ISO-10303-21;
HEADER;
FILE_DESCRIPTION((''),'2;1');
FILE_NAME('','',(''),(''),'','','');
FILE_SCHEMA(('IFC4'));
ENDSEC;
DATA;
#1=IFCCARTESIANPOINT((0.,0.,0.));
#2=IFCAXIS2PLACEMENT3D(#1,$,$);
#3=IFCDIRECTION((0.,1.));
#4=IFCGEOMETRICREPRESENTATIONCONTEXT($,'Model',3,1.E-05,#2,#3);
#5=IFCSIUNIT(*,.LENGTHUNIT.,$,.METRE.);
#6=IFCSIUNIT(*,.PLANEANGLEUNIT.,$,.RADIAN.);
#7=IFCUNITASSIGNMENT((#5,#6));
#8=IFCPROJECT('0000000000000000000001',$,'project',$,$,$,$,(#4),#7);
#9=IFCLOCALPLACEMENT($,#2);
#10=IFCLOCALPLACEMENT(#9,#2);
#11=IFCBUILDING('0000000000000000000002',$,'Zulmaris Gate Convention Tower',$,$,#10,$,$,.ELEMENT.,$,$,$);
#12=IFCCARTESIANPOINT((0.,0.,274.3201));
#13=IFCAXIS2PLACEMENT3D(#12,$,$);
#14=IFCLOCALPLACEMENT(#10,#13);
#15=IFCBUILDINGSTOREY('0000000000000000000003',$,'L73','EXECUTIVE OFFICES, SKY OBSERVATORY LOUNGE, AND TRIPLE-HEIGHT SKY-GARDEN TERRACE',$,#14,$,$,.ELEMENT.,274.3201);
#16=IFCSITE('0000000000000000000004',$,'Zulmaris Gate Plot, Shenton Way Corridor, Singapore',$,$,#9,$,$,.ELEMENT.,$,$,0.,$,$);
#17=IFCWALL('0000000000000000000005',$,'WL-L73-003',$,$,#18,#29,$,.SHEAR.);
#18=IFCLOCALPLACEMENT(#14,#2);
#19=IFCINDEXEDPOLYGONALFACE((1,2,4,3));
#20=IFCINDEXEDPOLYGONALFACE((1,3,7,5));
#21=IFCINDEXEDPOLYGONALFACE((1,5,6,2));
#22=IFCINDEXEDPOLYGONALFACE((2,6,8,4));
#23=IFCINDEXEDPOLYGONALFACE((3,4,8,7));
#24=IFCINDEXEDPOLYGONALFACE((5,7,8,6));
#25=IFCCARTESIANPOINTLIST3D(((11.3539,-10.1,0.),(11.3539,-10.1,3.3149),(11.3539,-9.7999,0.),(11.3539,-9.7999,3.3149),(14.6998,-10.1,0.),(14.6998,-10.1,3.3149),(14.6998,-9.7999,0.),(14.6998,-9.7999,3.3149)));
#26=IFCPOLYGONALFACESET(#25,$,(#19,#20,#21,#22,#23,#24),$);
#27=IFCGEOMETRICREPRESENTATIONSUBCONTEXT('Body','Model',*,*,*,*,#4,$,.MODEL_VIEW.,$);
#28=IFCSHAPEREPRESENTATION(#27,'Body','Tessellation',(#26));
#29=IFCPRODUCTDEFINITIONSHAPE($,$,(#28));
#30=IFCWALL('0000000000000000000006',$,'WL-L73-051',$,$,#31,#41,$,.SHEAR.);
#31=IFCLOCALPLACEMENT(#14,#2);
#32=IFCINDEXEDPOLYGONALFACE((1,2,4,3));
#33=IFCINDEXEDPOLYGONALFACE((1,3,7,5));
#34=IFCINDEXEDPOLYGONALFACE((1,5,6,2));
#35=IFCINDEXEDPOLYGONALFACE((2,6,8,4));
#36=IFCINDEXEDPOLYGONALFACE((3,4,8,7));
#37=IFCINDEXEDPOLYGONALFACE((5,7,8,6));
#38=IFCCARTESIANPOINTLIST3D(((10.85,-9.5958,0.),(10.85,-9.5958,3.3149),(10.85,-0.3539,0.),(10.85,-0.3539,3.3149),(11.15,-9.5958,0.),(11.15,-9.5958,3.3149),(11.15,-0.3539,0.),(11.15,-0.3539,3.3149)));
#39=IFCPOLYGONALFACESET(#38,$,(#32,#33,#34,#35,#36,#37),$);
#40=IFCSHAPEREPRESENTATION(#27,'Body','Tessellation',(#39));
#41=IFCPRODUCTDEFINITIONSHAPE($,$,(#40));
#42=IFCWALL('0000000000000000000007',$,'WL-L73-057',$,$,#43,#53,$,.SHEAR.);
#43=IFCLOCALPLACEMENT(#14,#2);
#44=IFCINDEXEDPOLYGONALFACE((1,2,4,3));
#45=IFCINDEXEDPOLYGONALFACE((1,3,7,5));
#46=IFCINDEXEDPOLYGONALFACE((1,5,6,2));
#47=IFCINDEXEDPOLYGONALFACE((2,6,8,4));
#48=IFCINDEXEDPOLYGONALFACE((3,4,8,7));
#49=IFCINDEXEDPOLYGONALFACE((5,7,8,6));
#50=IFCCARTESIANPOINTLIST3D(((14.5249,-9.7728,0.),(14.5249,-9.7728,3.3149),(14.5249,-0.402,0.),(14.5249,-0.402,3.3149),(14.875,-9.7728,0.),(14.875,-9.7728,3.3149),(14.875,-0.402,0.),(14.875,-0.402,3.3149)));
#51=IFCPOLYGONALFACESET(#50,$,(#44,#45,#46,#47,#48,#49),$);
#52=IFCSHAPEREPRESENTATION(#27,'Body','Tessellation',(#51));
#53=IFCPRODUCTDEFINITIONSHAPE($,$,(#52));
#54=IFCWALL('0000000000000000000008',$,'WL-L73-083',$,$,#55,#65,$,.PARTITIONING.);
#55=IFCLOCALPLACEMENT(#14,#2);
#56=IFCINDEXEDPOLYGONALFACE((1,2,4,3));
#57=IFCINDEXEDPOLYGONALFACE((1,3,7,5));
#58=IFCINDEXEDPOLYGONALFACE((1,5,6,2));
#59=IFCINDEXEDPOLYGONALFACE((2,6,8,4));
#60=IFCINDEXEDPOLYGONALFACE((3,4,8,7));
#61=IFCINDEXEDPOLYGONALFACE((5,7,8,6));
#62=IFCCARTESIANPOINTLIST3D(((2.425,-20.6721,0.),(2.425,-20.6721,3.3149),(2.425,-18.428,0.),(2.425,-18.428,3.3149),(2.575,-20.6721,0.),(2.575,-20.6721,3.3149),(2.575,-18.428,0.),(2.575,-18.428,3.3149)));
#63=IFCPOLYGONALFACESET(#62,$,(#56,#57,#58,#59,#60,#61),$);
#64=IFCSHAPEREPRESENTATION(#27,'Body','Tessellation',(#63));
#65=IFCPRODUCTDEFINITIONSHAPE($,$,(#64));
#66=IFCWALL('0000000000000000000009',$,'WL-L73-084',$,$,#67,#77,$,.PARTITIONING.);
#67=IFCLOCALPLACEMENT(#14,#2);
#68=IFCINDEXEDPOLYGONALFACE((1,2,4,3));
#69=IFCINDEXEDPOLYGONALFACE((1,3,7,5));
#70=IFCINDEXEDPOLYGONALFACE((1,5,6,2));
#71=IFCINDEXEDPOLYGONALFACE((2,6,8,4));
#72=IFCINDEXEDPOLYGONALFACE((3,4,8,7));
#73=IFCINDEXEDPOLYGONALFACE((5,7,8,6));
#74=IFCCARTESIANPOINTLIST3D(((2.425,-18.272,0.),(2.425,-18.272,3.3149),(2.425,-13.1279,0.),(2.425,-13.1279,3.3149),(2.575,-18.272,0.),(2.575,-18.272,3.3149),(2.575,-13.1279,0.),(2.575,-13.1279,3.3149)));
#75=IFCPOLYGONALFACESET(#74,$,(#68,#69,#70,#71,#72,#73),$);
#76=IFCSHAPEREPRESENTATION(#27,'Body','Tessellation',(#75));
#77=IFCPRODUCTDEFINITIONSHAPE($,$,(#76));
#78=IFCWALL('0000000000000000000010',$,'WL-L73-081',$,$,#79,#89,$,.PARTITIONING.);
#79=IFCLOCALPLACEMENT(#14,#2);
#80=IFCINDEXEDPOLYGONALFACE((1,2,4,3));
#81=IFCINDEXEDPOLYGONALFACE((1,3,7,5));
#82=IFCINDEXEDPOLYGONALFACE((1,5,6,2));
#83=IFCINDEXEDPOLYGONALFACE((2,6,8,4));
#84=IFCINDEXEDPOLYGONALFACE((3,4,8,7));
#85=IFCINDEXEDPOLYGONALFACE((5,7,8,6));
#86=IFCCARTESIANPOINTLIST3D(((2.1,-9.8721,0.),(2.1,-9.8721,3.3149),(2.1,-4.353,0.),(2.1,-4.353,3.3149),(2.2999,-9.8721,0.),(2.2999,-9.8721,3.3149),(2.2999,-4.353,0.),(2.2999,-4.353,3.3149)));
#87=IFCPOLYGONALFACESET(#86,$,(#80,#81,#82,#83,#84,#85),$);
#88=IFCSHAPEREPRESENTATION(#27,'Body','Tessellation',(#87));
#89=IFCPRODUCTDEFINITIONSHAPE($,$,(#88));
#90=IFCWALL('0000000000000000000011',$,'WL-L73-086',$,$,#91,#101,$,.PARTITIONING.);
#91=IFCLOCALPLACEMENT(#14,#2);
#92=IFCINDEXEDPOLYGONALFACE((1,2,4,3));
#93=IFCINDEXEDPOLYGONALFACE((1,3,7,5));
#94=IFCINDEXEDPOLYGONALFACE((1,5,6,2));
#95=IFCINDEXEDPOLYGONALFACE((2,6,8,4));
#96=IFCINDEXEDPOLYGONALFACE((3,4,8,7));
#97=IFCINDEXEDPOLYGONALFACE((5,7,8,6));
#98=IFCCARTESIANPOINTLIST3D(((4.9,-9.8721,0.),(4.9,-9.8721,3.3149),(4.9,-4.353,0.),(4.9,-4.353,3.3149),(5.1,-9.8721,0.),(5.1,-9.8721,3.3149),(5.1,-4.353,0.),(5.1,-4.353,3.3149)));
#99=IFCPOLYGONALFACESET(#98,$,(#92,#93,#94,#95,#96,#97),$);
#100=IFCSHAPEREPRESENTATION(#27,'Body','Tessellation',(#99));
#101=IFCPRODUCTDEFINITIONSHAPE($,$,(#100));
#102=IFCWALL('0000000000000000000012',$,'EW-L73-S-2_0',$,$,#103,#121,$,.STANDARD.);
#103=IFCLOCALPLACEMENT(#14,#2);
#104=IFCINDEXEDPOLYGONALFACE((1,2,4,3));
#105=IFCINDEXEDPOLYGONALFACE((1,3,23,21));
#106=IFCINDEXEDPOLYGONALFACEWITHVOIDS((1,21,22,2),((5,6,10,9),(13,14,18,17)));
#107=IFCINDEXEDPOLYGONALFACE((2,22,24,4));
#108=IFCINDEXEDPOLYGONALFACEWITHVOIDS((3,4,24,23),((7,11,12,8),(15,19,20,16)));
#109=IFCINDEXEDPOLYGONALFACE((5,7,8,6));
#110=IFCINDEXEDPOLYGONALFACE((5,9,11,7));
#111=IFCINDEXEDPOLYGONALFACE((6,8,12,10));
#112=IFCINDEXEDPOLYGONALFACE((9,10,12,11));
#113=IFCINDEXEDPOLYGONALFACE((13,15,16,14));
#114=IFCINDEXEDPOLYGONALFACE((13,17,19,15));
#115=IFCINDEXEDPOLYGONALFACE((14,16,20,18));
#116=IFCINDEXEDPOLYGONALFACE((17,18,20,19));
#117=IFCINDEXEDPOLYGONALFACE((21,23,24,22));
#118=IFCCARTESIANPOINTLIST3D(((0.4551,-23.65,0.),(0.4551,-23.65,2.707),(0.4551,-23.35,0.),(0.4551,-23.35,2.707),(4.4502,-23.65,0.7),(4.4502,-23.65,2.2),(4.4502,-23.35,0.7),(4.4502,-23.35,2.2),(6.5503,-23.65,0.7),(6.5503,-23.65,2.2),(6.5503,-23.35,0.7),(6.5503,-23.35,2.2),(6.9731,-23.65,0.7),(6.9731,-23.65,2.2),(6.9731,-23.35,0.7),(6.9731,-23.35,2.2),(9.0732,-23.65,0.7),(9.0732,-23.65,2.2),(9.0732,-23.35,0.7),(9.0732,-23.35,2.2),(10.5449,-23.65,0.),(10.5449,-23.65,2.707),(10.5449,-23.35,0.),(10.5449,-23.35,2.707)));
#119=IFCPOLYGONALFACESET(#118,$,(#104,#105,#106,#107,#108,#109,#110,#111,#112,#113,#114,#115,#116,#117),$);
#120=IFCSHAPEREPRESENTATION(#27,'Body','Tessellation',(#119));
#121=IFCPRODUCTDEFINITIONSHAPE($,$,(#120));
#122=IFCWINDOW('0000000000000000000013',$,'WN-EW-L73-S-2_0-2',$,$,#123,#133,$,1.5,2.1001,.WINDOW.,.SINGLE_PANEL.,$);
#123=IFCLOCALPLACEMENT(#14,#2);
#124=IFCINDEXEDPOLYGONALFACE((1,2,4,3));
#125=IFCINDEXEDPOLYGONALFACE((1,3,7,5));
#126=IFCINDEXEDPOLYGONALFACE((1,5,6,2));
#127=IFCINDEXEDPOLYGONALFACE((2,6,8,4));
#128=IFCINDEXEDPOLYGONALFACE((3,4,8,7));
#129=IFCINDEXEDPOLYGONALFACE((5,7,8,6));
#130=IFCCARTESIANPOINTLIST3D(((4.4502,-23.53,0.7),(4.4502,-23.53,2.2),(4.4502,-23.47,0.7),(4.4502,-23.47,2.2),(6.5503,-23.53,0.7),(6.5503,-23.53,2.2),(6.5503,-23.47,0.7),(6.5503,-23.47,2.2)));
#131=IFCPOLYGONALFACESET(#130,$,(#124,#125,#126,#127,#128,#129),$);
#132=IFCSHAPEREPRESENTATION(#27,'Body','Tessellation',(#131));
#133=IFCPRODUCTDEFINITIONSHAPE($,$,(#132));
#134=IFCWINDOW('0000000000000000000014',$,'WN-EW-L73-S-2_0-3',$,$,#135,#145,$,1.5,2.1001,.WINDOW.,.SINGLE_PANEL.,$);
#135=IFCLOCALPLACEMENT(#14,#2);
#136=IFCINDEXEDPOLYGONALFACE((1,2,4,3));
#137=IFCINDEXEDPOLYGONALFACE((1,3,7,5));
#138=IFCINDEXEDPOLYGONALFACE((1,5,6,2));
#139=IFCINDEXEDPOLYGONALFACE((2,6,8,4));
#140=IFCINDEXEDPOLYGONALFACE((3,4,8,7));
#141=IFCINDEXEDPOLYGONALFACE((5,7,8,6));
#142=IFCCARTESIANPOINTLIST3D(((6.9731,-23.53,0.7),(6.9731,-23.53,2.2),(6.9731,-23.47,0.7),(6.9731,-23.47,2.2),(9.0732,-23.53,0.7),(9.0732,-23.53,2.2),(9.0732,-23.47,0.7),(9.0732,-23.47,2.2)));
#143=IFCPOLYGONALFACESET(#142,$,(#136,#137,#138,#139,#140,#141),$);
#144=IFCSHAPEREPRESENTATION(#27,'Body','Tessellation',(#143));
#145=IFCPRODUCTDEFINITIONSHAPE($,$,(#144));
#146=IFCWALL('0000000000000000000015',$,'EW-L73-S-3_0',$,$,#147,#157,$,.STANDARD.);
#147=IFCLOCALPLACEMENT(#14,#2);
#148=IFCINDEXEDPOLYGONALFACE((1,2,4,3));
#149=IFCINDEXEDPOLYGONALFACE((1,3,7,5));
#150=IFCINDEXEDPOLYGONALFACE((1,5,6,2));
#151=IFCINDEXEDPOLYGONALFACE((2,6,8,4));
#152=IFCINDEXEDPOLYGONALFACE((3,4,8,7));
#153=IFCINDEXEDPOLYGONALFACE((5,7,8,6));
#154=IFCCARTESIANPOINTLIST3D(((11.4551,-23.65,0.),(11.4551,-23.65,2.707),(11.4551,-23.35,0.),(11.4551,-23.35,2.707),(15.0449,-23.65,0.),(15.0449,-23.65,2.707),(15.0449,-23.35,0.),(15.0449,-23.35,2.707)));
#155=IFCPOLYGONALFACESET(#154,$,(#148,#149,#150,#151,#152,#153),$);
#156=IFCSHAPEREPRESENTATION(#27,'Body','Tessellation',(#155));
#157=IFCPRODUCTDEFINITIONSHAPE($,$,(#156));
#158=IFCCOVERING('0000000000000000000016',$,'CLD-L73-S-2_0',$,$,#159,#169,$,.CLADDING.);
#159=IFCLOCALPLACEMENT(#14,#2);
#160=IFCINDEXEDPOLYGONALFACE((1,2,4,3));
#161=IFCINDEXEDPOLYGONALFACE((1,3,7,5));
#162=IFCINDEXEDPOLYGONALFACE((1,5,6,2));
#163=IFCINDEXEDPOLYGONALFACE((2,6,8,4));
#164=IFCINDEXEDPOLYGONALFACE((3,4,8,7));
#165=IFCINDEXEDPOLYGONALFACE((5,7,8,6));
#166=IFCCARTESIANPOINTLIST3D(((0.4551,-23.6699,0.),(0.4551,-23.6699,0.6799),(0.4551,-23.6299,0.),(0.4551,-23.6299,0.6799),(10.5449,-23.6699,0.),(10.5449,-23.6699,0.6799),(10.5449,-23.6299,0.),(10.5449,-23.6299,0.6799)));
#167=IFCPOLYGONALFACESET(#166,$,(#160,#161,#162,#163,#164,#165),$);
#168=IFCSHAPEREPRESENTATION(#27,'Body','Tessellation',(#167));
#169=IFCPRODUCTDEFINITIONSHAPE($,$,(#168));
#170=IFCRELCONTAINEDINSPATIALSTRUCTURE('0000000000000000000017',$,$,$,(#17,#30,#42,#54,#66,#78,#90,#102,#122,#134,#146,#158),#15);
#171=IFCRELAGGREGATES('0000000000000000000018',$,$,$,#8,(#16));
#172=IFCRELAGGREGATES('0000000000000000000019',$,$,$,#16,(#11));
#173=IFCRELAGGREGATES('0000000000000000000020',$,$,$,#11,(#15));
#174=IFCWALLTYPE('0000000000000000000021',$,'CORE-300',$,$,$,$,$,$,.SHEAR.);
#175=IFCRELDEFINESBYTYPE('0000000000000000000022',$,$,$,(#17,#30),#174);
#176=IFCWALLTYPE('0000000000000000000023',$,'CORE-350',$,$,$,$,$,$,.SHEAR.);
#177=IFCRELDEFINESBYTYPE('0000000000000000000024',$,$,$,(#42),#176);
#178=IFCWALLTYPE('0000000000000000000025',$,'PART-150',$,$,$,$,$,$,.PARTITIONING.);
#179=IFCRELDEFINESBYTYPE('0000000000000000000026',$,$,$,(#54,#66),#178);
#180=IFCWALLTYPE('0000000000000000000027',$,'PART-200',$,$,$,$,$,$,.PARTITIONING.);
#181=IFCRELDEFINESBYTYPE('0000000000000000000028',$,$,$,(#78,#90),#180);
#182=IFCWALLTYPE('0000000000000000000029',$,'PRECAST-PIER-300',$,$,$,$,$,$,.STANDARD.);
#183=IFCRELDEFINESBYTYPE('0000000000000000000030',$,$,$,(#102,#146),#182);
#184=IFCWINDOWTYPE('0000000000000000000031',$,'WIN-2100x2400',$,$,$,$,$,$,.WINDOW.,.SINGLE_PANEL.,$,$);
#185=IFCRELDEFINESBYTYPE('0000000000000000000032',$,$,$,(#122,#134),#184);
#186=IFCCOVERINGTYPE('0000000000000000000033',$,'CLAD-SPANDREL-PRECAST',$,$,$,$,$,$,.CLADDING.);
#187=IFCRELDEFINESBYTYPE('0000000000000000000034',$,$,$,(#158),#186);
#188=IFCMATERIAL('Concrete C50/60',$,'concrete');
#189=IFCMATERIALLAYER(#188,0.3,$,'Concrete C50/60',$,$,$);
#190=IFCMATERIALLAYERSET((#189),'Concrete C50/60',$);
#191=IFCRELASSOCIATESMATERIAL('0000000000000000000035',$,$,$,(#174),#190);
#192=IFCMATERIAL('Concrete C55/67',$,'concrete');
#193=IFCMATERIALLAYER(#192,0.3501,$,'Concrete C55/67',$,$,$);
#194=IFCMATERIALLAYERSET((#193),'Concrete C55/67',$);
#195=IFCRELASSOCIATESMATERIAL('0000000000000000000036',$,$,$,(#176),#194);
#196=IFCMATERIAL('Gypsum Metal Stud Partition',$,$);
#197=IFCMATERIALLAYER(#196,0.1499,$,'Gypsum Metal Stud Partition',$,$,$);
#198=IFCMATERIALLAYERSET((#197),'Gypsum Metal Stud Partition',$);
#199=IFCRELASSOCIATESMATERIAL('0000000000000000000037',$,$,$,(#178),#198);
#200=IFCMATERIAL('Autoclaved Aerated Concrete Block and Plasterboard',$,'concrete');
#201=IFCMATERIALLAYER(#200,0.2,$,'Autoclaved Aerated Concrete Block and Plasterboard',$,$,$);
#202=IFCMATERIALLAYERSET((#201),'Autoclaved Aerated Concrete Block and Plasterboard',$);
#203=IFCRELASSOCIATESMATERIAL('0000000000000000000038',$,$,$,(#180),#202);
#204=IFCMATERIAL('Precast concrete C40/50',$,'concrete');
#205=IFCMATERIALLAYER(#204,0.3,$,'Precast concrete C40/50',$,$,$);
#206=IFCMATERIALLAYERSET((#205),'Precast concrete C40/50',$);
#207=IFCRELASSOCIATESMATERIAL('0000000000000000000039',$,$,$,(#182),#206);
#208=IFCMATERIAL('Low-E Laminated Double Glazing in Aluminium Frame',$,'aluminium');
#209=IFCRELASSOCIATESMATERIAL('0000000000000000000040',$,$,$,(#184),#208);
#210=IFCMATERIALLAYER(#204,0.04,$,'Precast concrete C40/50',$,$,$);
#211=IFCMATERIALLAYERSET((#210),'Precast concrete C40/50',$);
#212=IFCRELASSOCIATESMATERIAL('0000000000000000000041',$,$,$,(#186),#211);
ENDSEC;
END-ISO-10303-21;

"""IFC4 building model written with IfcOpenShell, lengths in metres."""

from ifc_helpers import new_model, si_unit, direction, frame, frame_2d, origin, place, context, subcontext, project, spatial, rectangle, extrude, material, layer, layer_set, type_object, element, fill, save


model = new_model("IFC4")

# Units and contexts
model_context = context("Model", 3, precision=1e-05, world=origin(), true_north=direction((0.0, 1.0)))
body_context = subcontext(model_context, "Body", "Model", "MODEL_VIEW")
ifc_project = project(units=[si_unit("LENGTHUNIT", "METRE"), si_unit("PLANEANGLEUNIT", "RADIAN")], contexts=[model_context])

# Site, building, storey
site_placement = place(None, origin())
site = spatial("IfcSite", under=ifc_project, at=site_placement, Name="Zulmaris Gate Plot, Shenton Way Corridor, Singapore", CompositionType="ELEMENT", RefElevation=0.0)
building_placement = place(site_placement, origin())
building = spatial("IfcBuilding", under=site, at=building_placement, Name="Zulmaris Gate Convention Tower", CompositionType="ELEMENT")
storey_placement = place(building_placement, frame((0.0, 0.0, 274.3201)))
storey = spatial("IfcBuildingStorey", under=building, at=storey_placement, Name="L73", Description="EXECUTIVE OFFICES, SKY OBSERVATORY LOUNGE, AND TRIPLE-HEIGHT SKY-GARDEN TERRACE", CompositionType="ELEMENT", Elevation=274.3201)

# Shared definitions
ifc_material_1 = material(Name="Concrete C50/60", Category="concrete")

# Walls
ifc_layer_1 = layer(ifc_material_1, 0.3, Name="Concrete C50/60")
ifc_layer_set_1 = layer_set([ifc_layer_1], Name="Concrete C50/60")
wall_type_1 = type_object("IfcWallType", Name="CORE-300", PredefinedType="SHEAR", material=ifc_layer_set_1)
wall_1_placement = place(storey_placement, frame((11.354, -9.95, 0.0), z_axis=(0.0, 0.0, 1.0), x_axis=(1.0, 0.0, 0.0)))
element("IfcWall", 1, at=wall_1_placement, inside=storey, type_object=wall_type_1, Name="WL-L73-003", PredefinedType="SHEAR", context=body_context, shape_type="SweptSolid", body=[
    extrude(rectangle(XDim=3.3459, YDim=0.3, at=frame_2d((1.6729, 0.0))), origin(), (0.0, 0.0, 1.0), 3.3149),
])
wall_2_placement = place(storey_placement, frame((11.0, -9.5959, 0.0), z_axis=(0.0, 0.0, 1.0), x_axis=(0.0, 1.0, 0.0)))
element("IfcWall", 2, at=wall_2_placement, inside=storey, type_object=wall_type_1, Name="WL-L73-051", PredefinedType="SHEAR", context=body_context, shape_type="SweptSolid", body=[
    extrude(rectangle(XDim=9.2419, YDim=0.3, at=frame_2d((4.6211, 0.0))), origin(), (0.0, 0.0, 1.0), 3.3149),
])

# Shared definitions
ifc_material_2 = material(Name="Concrete C55/67", Category="concrete")
ifc_layer_2 = layer(ifc_material_2, 0.3501, Name="Concrete C55/67")
ifc_layer_set_2 = layer_set([ifc_layer_2], Name="Concrete C55/67")
wall_type_2 = type_object("IfcWallType", Name="CORE-350", PredefinedType="SHEAR", material=ifc_layer_set_2)

# Wall
wall_3_placement = place(storey_placement, frame((14.7, -9.7729, 0.0), z_axis=(0.0, 0.0, 1.0), x_axis=(0.0, 1.0, 0.0)))
element("IfcWall", 3, at=wall_3_placement, inside=storey, type_object=wall_type_2, Name="WL-L73-057", PredefinedType="SHEAR", context=body_context, shape_type="SweptSolid", body=[
    extrude(rectangle(XDim=9.3708, YDim=0.3501, at=frame_2d((4.6855, 0.0))), origin(), (0.0, 0.0, 1.0), 3.3149),
])

# Shared definitions
ifc_material_3 = material(Name="Gypsum Metal Stud Partition")
ifc_layer_3 = layer(ifc_material_3, 0.1499, Name="Gypsum Metal Stud Partition")
ifc_layer_set_3 = layer_set([ifc_layer_3], Name="Gypsum Metal Stud Partition")
wall_type_3 = type_object("IfcWallType", Name="PART-150", PredefinedType="PARTITIONING", material=ifc_layer_set_3)

# Walls
wall_4_placement = place(storey_placement, frame((2.5, -20.6721, 0.0), z_axis=(0.0, 0.0, 1.0), x_axis=(0.0, 1.0, 0.0)))
element("IfcWall", 4, at=wall_4_placement, inside=storey, type_object=wall_type_3, Name="WL-L73-083", PredefinedType="PARTITIONING", context=body_context, shape_type="SweptSolid", body=[
    extrude(rectangle(XDim=2.2441, YDim=0.1499, at=frame_2d((1.1221, 0.0))), origin(), (0.0, 0.0, 1.0), 3.3149),
])
wall_5_placement = place(storey_placement, frame((2.5, -18.272, 0.0), z_axis=(0.0, 0.0, 1.0), x_axis=(0.0, 1.0, 0.0)))
element("IfcWall", 5, at=wall_5_placement, inside=storey, type_object=wall_type_3, Name="WL-L73-084", PredefinedType="PARTITIONING", context=body_context, shape_type="SweptSolid", body=[
    extrude(rectangle(XDim=5.144, YDim=0.1499, at=frame_2d((2.572, 0.0))), origin(), (0.0, 0.0, 1.0), 3.3149),
])
ifc_material_4 = material(Name="Autoclaved Aerated Concrete Block and Plasterboard", Category="concrete")
ifc_layer_4 = layer(ifc_material_4, 0.2, Name="Autoclaved Aerated Concrete Block and Plasterboard")
ifc_layer_set_4 = layer_set([ifc_layer_4], Name="Autoclaved Aerated Concrete Block and Plasterboard")
wall_type_4 = type_object("IfcWallType", Name="PART-200", PredefinedType="PARTITIONING", material=ifc_layer_set_4)
for number, where, z_axis, x_axis, name in (
    (6, (2.2, -9.8721, 0.0), (0.0, 0.0, 1.0), (0.0, 1.0, 0.0), "WL-L73-081"),
    (7, (5.0, -9.8721, 0.0), (0.0, 0.0, 1.0), (0.0, 1.0, 0.0), "WL-L73-086"),
):
    element("IfcWall", number, at=place(storey_placement, frame(where, z_axis=z_axis, x_axis=x_axis)), inside=storey, type_object=wall_type_4, Name=name, PredefinedType="PARTITIONING", context=body_context, shape_type="SweptSolid", body=[
        extrude(rectangle(XDim=5.519, YDim=0.2, at=frame_2d((2.7595, 0.0))), origin(), (0.0, 0.0, 1.0), 3.3149),
    ])

# Wall, openings, windows
ifc_material_5 = material(Name="Precast concrete C40/50", Category="concrete")
ifc_layer_5 = layer(ifc_material_5, 0.3, Name="Precast concrete C40/50")
ifc_layer_set_5 = layer_set([ifc_layer_5], Name="Precast concrete C40/50")
wall_type_5 = type_object("IfcWallType", Name="PRECAST-PIER-300", PredefinedType="STANDARD", material=ifc_layer_set_5)
wall_6_placement = place(storey_placement, frame((0.4551, -23.5, 0.0), z_axis=(0.0, 0.0, 1.0), x_axis=(1.0, 0.0, 0.0)))
wall_6 = element("IfcWall", 8, at=wall_6_placement, inside=storey, type_object=wall_type_5, Name="EW-L73-S-2_0", PredefinedType="STANDARD", context=body_context, shape_type="SweptSolid", body=[
    extrude(rectangle(XDim=10.0898, YDim=0.3, at=frame_2d((5.0449, 0.0))), origin(), (0.0, 0.0, 1.0), 2.707),
])
opening_1_placement = place(wall_6_placement, frame((3.9951, 0.0, 0.7)))
opening_1 = element("IfcOpeningElement", 9, at=opening_1_placement, cuts=wall_6, PredefinedType="OPENING", context=body_context, shape_type="SweptSolid", body=[
    extrude(rectangle(XDim=2.1001, YDim=1.5, at=frame_2d((1.05, 0.75))), frame((0.0, 0.1602, 0.0), z_axis=(0.0, -1.0, 0.0), x_axis=(1.0, 0.0, 0.0)), (0.0, 0.0, 1.0), 0.3201),
])
opening_2_placement = place(wall_6_placement, frame((6.5181, 0.0, 0.7)))
opening_2 = element("IfcOpeningElement", 10, at=opening_2_placement, cuts=wall_6, PredefinedType="OPENING", context=body_context, shape_type="SweptSolid", body=[
    extrude(rectangle(XDim=2.1001, YDim=1.5, at=frame_2d((1.05, 0.75))), frame((0.0, 0.1602, 0.0), z_axis=(0.0, -1.0, 0.0), x_axis=(1.0, 0.0, 0.0)), (0.0, 0.0, 1.0), 0.3201),
])
ifc_material_6 = material(Name="Low-E Laminated Double Glazing in Aluminium Frame", Category="aluminium")
window_type = type_object("IfcWindowType", Name="WIN-2100x2400", PartitioningType="SINGLE_PANEL", PredefinedType="WINDOW", material=ifc_material_6)
window_1_placement = place(opening_1_placement, origin())
window_1 = element("IfcWindow", 11, at=window_1_placement, inside=storey, type_object=window_type, Name="WN-EW-L73-S-2_0-2", OverallHeight=1.5, OverallWidth=2.1001, PartitioningType="SINGLE_PANEL", PredefinedType="WINDOW", context=body_context, shape_type="SweptSolid", body=[
    extrude(rectangle(XDim=2.1001, YDim=1.5, at=frame_2d((1.05, 0.75))), frame((0.0, 0.03, 0.0), z_axis=(0.0, -1.0, 0.0), x_axis=(1.0, 0.0, 0.0)), (0.0, 0.0, 1.0), 0.0601),
])
fill(opening_1, window_1)
window_2_placement = place(opening_2_placement, origin())
window_2 = element("IfcWindow", 12, at=window_2_placement, inside=storey, type_object=window_type, Name="WN-EW-L73-S-2_0-3", OverallHeight=1.5, OverallWidth=2.1001, PartitioningType="SINGLE_PANEL", PredefinedType="WINDOW", context=body_context, shape_type="SweptSolid", body=[
    extrude(rectangle(XDim=2.1001, YDim=1.5, at=frame_2d((1.05, 0.75))), frame((0.0, 0.03, 0.0), z_axis=(0.0, -1.0, 0.0), x_axis=(1.0, 0.0, 0.0)), (0.0, 0.0, 1.0), 0.0601),
])
fill(opening_2, window_2)

# Wall
wall_7_placement = place(storey_placement, frame((11.4551, -23.5, 0.0), z_axis=(0.0, 0.0, 1.0), x_axis=(1.0, 0.0, 0.0)))
element("IfcWall", 13, at=wall_7_placement, inside=storey, type_object=wall_type_5, Name="EW-L73-S-3_0", PredefinedType="STANDARD", context=body_context, shape_type="SweptSolid", body=[
    extrude(rectangle(XDim=3.5898, YDim=0.3, at=frame_2d((1.7949, 0.0))), origin(), (0.0, 0.0, 1.0), 2.707),
])

# Covering
ifc_layer_6 = layer(ifc_material_5, 0.04, Name="Precast concrete C40/50")
ifc_layer_set_6 = layer_set([ifc_layer_6], Name="Precast concrete C40/50")
covering_type = type_object("IfcCoveringType", Name="CLAD-SPANDREL-PRECAST", PredefinedType="CLADDING", material=ifc_layer_set_6)
covering_1_placement = place(storey_placement, frame((0.4551, -23.6499, 0.0), z_axis=(0.0, 0.0, 1.0), x_axis=(1.0, 0.0, 0.0)))
element("IfcCovering", 14, at=covering_1_placement, inside=storey, type_object=covering_type, Name="CLD-L73-S-2_0", PredefinedType="CLADDING", context=body_context, shape_type="SweptSolid", body=[
    extrude(rectangle(XDim=10.0898, YDim=0.04, at=frame_2d((5.0449, 0.0))), origin(), (0.0, 0.0, 1.0), 0.6799),
])

save(model, "model.ifc")
